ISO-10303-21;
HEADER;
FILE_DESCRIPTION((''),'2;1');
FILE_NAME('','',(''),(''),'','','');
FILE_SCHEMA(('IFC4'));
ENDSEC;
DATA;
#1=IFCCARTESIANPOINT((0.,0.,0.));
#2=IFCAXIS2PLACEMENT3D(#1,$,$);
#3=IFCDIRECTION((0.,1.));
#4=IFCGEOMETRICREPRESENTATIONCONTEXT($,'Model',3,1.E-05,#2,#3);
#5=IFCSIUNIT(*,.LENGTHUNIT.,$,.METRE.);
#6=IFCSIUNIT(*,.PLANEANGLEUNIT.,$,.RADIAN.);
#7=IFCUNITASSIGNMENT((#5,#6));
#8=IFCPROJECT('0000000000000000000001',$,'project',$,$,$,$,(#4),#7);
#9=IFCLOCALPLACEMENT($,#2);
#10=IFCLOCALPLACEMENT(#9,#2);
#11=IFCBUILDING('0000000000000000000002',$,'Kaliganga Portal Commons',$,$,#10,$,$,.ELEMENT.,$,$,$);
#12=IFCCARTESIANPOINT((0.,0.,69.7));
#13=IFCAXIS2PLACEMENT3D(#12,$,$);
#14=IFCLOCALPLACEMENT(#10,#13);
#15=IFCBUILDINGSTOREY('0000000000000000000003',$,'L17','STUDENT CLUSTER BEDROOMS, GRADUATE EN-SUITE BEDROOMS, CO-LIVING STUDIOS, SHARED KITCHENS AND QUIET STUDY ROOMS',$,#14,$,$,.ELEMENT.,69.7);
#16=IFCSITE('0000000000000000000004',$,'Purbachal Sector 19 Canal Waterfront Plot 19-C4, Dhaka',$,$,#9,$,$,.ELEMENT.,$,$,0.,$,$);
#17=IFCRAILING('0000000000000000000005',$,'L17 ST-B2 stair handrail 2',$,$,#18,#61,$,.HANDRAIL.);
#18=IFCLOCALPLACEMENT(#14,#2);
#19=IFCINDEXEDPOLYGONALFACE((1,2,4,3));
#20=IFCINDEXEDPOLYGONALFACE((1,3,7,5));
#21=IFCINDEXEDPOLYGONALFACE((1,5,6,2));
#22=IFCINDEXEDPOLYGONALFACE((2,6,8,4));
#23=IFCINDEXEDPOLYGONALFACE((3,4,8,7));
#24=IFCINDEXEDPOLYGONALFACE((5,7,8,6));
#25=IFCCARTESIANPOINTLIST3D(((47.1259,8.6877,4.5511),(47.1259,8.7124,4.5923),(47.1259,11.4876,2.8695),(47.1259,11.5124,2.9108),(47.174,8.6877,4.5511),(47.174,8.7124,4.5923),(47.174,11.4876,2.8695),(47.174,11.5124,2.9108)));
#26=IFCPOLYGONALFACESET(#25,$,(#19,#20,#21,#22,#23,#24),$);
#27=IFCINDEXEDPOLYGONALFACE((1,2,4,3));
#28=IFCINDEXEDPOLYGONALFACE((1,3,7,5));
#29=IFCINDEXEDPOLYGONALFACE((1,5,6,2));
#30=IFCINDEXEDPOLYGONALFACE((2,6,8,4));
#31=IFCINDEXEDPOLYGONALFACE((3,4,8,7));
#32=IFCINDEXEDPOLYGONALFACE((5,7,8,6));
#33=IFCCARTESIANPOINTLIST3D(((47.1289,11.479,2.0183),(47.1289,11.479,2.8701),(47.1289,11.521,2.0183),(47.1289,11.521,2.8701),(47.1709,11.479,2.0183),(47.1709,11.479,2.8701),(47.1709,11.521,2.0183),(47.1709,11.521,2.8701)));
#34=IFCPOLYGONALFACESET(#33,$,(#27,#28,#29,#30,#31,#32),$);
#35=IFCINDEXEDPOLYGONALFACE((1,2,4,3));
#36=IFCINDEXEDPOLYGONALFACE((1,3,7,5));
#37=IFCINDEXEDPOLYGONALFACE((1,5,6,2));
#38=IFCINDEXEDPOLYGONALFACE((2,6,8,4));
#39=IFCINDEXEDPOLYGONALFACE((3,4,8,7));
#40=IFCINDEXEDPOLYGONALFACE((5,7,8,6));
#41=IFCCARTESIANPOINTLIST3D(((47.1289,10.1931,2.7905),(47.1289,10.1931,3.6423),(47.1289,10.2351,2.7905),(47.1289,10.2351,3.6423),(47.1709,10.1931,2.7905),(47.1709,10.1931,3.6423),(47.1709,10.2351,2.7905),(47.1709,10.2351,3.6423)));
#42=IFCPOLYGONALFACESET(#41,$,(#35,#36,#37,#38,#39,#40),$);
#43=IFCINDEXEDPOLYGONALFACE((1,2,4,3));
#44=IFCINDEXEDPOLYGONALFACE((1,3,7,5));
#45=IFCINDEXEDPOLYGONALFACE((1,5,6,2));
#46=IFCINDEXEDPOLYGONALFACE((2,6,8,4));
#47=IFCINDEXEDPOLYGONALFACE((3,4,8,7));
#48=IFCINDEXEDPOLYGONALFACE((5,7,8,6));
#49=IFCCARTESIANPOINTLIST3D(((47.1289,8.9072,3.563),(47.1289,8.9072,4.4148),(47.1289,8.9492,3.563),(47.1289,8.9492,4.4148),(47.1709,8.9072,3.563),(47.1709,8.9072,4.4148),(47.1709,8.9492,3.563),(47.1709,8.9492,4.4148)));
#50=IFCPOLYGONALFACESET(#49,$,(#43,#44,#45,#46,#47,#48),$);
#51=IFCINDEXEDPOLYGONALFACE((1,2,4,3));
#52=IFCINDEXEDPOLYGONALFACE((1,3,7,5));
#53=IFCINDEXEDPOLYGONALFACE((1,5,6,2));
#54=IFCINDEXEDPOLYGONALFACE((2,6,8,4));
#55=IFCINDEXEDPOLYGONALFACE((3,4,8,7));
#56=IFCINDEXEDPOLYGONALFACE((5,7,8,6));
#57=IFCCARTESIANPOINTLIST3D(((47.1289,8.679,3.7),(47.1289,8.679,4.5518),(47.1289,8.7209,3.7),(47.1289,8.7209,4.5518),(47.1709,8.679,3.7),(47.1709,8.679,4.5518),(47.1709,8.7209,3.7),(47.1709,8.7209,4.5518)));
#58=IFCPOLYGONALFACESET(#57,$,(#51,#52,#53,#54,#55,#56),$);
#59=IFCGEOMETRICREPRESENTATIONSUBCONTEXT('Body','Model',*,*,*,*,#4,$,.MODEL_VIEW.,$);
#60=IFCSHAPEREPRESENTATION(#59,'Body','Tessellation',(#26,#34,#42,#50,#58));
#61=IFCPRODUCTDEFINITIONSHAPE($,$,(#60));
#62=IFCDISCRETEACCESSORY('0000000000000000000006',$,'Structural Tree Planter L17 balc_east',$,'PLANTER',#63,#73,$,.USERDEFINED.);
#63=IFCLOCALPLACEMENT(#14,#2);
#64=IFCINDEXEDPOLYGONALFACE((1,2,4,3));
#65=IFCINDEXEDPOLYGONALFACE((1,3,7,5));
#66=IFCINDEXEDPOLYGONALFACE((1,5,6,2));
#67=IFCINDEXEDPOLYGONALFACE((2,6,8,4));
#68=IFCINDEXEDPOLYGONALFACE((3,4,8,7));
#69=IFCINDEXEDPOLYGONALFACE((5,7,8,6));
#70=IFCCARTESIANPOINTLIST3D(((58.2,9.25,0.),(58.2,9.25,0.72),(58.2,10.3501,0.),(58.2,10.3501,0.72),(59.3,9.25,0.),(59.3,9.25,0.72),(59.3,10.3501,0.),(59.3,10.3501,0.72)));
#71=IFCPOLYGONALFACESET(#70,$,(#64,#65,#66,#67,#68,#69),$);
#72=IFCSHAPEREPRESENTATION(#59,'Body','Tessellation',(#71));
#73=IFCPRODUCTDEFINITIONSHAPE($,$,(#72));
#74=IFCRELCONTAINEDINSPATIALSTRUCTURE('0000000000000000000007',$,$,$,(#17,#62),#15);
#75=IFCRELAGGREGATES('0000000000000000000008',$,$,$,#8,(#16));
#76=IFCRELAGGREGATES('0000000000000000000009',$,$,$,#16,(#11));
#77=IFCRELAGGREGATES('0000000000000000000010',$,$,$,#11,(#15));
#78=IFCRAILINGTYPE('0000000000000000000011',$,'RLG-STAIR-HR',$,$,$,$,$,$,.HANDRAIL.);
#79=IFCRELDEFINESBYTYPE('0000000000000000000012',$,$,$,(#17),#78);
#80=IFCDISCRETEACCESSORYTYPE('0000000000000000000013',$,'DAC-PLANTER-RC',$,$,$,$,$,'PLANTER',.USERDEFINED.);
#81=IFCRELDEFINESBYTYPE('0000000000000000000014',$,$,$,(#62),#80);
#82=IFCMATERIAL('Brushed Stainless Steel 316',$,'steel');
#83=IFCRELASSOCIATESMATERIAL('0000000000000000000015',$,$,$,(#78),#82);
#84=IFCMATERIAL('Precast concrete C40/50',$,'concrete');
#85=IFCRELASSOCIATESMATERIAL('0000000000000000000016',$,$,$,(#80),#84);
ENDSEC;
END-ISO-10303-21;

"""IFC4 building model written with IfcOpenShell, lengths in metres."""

from ifc_helpers import new_model, si_unit, direction, frame, origin, origin_2d, place, context, subcontext, project, spatial, rectangle, extrude, source, transform, mapped, material, type_object, element, save


model = new_model("IFC4")

# Units and contexts
model_context = context("Model", 3, precision=1e-05, world=origin(), true_north=direction((0.0, 1.0)))
body_context = subcontext(model_context, "Body", "Model", "MODEL_VIEW")
ifc_project = project(units=[si_unit("LENGTHUNIT", "METRE"), si_unit("PLANEANGLEUNIT", "RADIAN")], contexts=[model_context])

# Site, building, storey
site_placement = place(None, origin())
site = spatial("IfcSite", under=ifc_project, at=site_placement, Name="Purbachal Sector 19 Canal Waterfront Plot 19-C4, Dhaka", CompositionType="ELEMENT", RefElevation=0.0)
building_placement = place(site_placement, origin())
building = spatial("IfcBuilding", under=site, at=building_placement, Name="Kaliganga Portal Commons", CompositionType="ELEMENT")
storey_placement = place(building_placement, frame((0.0, 0.0, 69.7)))
storey = spatial("IfcBuildingStorey", under=building, at=storey_placement, Name="L17", Description="STUDENT CLUSTER BEDROOMS, GRADUATE EN-SUITE BEDROOMS, CO-LIVING STUDIOS, SHARED KITCHENS AND QUIET STUDY ROOMS", CompositionType="ELEMENT", Elevation=69.7)

# Railing
ifc_material_1 = material(Name="Brushed Stainless Steel 316", Category="steel")
railing_type_1 = type_object("IfcRailingType", Name="RLG-STAIR-HR", PredefinedType="HANDRAIL", material=ifc_material_1)
railing_1_placement = place(storey_placement, frame((47.1499, 11.5, 2.0183)))
element("IfcRailing", 1, at=railing_1_placement, inside=storey, type_object=railing_type_1, Name="L17 ST-B2 stair handrail 2", PredefinedType="HANDRAIL", context=body_context, shape_type="SweptSolid", body=[
    extrude(rectangle(XDim=0.0481, YDim=0.0481, at=origin_2d()), frame((0.0, 0.0, 0.8718), z_axis=(0.0, -0.857275, 0.514858), x_axis=(1.0, 0.0, 0.0)), (0.0, 0.0, 1.0), 3.2661),
    extrude(rectangle(XDim=0.042, YDim=0.042, at=origin_2d()), origin(), (0.0, 0.0, 1.0), 0.8518),
    extrude(rectangle(XDim=0.042, YDim=0.042, at=origin_2d()), frame((0.0, -1.2859, 0.7722)), (0.0, 0.0, 1.0), 0.8518),
    extrude(rectangle(XDim=0.042, YDim=0.042, at=origin_2d()), frame((0.0, -2.5718, 1.5447)), (0.0, 0.0, 1.0), 0.8518),
    extrude(rectangle(XDim=0.042, YDim=0.042, at=origin_2d()), frame((0.0, -2.8, 1.6816)), (0.0, 0.0, 1.0), 0.8518),
])

# Discrete accessory
ifc_material_2 = material(Name="Precast concrete C40/50", Category="concrete")
discrete_accessory_type = type_object("IfcDiscreteAccessoryType", Name="DAC-PLANTER-RC", ElementType="PLANTER", PredefinedType="USERDEFINED", material=ifc_material_2)
shared_shape_1 = source(origin(), body_context, "Body", "SweptSolid", [
    extrude(rectangle(XDim=1.1001, YDim=1.1001, at=origin_2d()), origin(), (0.0, 0.0, 1.0), 0.72),
])
discrete_accessory_placement = place(storey_placement, frame((58.75, 9.8, 0.0), z_axis=(0.0, 0.0, 1.0), x_axis=(1.0, 0.0, 0.0)))
element("IfcDiscreteAccessory", 2, at=discrete_accessory_placement, inside=storey, type_object=discrete_accessory_type, Name="Structural Tree Planter L17 balc_east", ObjectType="PLANTER", PredefinedType="USERDEFINED", context=body_context, shape_type="MappedRepresentation", body=[
    mapped(shared_shape_1, transform((0.0, 0.0, 0.0), x_axis=(1.0, 0.0, 0.0), y_axis=(0.0, 1.0, 0.0), z_axis=(0.0, 0.0, 1.0), scale=1.0)),
])

save(model, "model.ifc")
